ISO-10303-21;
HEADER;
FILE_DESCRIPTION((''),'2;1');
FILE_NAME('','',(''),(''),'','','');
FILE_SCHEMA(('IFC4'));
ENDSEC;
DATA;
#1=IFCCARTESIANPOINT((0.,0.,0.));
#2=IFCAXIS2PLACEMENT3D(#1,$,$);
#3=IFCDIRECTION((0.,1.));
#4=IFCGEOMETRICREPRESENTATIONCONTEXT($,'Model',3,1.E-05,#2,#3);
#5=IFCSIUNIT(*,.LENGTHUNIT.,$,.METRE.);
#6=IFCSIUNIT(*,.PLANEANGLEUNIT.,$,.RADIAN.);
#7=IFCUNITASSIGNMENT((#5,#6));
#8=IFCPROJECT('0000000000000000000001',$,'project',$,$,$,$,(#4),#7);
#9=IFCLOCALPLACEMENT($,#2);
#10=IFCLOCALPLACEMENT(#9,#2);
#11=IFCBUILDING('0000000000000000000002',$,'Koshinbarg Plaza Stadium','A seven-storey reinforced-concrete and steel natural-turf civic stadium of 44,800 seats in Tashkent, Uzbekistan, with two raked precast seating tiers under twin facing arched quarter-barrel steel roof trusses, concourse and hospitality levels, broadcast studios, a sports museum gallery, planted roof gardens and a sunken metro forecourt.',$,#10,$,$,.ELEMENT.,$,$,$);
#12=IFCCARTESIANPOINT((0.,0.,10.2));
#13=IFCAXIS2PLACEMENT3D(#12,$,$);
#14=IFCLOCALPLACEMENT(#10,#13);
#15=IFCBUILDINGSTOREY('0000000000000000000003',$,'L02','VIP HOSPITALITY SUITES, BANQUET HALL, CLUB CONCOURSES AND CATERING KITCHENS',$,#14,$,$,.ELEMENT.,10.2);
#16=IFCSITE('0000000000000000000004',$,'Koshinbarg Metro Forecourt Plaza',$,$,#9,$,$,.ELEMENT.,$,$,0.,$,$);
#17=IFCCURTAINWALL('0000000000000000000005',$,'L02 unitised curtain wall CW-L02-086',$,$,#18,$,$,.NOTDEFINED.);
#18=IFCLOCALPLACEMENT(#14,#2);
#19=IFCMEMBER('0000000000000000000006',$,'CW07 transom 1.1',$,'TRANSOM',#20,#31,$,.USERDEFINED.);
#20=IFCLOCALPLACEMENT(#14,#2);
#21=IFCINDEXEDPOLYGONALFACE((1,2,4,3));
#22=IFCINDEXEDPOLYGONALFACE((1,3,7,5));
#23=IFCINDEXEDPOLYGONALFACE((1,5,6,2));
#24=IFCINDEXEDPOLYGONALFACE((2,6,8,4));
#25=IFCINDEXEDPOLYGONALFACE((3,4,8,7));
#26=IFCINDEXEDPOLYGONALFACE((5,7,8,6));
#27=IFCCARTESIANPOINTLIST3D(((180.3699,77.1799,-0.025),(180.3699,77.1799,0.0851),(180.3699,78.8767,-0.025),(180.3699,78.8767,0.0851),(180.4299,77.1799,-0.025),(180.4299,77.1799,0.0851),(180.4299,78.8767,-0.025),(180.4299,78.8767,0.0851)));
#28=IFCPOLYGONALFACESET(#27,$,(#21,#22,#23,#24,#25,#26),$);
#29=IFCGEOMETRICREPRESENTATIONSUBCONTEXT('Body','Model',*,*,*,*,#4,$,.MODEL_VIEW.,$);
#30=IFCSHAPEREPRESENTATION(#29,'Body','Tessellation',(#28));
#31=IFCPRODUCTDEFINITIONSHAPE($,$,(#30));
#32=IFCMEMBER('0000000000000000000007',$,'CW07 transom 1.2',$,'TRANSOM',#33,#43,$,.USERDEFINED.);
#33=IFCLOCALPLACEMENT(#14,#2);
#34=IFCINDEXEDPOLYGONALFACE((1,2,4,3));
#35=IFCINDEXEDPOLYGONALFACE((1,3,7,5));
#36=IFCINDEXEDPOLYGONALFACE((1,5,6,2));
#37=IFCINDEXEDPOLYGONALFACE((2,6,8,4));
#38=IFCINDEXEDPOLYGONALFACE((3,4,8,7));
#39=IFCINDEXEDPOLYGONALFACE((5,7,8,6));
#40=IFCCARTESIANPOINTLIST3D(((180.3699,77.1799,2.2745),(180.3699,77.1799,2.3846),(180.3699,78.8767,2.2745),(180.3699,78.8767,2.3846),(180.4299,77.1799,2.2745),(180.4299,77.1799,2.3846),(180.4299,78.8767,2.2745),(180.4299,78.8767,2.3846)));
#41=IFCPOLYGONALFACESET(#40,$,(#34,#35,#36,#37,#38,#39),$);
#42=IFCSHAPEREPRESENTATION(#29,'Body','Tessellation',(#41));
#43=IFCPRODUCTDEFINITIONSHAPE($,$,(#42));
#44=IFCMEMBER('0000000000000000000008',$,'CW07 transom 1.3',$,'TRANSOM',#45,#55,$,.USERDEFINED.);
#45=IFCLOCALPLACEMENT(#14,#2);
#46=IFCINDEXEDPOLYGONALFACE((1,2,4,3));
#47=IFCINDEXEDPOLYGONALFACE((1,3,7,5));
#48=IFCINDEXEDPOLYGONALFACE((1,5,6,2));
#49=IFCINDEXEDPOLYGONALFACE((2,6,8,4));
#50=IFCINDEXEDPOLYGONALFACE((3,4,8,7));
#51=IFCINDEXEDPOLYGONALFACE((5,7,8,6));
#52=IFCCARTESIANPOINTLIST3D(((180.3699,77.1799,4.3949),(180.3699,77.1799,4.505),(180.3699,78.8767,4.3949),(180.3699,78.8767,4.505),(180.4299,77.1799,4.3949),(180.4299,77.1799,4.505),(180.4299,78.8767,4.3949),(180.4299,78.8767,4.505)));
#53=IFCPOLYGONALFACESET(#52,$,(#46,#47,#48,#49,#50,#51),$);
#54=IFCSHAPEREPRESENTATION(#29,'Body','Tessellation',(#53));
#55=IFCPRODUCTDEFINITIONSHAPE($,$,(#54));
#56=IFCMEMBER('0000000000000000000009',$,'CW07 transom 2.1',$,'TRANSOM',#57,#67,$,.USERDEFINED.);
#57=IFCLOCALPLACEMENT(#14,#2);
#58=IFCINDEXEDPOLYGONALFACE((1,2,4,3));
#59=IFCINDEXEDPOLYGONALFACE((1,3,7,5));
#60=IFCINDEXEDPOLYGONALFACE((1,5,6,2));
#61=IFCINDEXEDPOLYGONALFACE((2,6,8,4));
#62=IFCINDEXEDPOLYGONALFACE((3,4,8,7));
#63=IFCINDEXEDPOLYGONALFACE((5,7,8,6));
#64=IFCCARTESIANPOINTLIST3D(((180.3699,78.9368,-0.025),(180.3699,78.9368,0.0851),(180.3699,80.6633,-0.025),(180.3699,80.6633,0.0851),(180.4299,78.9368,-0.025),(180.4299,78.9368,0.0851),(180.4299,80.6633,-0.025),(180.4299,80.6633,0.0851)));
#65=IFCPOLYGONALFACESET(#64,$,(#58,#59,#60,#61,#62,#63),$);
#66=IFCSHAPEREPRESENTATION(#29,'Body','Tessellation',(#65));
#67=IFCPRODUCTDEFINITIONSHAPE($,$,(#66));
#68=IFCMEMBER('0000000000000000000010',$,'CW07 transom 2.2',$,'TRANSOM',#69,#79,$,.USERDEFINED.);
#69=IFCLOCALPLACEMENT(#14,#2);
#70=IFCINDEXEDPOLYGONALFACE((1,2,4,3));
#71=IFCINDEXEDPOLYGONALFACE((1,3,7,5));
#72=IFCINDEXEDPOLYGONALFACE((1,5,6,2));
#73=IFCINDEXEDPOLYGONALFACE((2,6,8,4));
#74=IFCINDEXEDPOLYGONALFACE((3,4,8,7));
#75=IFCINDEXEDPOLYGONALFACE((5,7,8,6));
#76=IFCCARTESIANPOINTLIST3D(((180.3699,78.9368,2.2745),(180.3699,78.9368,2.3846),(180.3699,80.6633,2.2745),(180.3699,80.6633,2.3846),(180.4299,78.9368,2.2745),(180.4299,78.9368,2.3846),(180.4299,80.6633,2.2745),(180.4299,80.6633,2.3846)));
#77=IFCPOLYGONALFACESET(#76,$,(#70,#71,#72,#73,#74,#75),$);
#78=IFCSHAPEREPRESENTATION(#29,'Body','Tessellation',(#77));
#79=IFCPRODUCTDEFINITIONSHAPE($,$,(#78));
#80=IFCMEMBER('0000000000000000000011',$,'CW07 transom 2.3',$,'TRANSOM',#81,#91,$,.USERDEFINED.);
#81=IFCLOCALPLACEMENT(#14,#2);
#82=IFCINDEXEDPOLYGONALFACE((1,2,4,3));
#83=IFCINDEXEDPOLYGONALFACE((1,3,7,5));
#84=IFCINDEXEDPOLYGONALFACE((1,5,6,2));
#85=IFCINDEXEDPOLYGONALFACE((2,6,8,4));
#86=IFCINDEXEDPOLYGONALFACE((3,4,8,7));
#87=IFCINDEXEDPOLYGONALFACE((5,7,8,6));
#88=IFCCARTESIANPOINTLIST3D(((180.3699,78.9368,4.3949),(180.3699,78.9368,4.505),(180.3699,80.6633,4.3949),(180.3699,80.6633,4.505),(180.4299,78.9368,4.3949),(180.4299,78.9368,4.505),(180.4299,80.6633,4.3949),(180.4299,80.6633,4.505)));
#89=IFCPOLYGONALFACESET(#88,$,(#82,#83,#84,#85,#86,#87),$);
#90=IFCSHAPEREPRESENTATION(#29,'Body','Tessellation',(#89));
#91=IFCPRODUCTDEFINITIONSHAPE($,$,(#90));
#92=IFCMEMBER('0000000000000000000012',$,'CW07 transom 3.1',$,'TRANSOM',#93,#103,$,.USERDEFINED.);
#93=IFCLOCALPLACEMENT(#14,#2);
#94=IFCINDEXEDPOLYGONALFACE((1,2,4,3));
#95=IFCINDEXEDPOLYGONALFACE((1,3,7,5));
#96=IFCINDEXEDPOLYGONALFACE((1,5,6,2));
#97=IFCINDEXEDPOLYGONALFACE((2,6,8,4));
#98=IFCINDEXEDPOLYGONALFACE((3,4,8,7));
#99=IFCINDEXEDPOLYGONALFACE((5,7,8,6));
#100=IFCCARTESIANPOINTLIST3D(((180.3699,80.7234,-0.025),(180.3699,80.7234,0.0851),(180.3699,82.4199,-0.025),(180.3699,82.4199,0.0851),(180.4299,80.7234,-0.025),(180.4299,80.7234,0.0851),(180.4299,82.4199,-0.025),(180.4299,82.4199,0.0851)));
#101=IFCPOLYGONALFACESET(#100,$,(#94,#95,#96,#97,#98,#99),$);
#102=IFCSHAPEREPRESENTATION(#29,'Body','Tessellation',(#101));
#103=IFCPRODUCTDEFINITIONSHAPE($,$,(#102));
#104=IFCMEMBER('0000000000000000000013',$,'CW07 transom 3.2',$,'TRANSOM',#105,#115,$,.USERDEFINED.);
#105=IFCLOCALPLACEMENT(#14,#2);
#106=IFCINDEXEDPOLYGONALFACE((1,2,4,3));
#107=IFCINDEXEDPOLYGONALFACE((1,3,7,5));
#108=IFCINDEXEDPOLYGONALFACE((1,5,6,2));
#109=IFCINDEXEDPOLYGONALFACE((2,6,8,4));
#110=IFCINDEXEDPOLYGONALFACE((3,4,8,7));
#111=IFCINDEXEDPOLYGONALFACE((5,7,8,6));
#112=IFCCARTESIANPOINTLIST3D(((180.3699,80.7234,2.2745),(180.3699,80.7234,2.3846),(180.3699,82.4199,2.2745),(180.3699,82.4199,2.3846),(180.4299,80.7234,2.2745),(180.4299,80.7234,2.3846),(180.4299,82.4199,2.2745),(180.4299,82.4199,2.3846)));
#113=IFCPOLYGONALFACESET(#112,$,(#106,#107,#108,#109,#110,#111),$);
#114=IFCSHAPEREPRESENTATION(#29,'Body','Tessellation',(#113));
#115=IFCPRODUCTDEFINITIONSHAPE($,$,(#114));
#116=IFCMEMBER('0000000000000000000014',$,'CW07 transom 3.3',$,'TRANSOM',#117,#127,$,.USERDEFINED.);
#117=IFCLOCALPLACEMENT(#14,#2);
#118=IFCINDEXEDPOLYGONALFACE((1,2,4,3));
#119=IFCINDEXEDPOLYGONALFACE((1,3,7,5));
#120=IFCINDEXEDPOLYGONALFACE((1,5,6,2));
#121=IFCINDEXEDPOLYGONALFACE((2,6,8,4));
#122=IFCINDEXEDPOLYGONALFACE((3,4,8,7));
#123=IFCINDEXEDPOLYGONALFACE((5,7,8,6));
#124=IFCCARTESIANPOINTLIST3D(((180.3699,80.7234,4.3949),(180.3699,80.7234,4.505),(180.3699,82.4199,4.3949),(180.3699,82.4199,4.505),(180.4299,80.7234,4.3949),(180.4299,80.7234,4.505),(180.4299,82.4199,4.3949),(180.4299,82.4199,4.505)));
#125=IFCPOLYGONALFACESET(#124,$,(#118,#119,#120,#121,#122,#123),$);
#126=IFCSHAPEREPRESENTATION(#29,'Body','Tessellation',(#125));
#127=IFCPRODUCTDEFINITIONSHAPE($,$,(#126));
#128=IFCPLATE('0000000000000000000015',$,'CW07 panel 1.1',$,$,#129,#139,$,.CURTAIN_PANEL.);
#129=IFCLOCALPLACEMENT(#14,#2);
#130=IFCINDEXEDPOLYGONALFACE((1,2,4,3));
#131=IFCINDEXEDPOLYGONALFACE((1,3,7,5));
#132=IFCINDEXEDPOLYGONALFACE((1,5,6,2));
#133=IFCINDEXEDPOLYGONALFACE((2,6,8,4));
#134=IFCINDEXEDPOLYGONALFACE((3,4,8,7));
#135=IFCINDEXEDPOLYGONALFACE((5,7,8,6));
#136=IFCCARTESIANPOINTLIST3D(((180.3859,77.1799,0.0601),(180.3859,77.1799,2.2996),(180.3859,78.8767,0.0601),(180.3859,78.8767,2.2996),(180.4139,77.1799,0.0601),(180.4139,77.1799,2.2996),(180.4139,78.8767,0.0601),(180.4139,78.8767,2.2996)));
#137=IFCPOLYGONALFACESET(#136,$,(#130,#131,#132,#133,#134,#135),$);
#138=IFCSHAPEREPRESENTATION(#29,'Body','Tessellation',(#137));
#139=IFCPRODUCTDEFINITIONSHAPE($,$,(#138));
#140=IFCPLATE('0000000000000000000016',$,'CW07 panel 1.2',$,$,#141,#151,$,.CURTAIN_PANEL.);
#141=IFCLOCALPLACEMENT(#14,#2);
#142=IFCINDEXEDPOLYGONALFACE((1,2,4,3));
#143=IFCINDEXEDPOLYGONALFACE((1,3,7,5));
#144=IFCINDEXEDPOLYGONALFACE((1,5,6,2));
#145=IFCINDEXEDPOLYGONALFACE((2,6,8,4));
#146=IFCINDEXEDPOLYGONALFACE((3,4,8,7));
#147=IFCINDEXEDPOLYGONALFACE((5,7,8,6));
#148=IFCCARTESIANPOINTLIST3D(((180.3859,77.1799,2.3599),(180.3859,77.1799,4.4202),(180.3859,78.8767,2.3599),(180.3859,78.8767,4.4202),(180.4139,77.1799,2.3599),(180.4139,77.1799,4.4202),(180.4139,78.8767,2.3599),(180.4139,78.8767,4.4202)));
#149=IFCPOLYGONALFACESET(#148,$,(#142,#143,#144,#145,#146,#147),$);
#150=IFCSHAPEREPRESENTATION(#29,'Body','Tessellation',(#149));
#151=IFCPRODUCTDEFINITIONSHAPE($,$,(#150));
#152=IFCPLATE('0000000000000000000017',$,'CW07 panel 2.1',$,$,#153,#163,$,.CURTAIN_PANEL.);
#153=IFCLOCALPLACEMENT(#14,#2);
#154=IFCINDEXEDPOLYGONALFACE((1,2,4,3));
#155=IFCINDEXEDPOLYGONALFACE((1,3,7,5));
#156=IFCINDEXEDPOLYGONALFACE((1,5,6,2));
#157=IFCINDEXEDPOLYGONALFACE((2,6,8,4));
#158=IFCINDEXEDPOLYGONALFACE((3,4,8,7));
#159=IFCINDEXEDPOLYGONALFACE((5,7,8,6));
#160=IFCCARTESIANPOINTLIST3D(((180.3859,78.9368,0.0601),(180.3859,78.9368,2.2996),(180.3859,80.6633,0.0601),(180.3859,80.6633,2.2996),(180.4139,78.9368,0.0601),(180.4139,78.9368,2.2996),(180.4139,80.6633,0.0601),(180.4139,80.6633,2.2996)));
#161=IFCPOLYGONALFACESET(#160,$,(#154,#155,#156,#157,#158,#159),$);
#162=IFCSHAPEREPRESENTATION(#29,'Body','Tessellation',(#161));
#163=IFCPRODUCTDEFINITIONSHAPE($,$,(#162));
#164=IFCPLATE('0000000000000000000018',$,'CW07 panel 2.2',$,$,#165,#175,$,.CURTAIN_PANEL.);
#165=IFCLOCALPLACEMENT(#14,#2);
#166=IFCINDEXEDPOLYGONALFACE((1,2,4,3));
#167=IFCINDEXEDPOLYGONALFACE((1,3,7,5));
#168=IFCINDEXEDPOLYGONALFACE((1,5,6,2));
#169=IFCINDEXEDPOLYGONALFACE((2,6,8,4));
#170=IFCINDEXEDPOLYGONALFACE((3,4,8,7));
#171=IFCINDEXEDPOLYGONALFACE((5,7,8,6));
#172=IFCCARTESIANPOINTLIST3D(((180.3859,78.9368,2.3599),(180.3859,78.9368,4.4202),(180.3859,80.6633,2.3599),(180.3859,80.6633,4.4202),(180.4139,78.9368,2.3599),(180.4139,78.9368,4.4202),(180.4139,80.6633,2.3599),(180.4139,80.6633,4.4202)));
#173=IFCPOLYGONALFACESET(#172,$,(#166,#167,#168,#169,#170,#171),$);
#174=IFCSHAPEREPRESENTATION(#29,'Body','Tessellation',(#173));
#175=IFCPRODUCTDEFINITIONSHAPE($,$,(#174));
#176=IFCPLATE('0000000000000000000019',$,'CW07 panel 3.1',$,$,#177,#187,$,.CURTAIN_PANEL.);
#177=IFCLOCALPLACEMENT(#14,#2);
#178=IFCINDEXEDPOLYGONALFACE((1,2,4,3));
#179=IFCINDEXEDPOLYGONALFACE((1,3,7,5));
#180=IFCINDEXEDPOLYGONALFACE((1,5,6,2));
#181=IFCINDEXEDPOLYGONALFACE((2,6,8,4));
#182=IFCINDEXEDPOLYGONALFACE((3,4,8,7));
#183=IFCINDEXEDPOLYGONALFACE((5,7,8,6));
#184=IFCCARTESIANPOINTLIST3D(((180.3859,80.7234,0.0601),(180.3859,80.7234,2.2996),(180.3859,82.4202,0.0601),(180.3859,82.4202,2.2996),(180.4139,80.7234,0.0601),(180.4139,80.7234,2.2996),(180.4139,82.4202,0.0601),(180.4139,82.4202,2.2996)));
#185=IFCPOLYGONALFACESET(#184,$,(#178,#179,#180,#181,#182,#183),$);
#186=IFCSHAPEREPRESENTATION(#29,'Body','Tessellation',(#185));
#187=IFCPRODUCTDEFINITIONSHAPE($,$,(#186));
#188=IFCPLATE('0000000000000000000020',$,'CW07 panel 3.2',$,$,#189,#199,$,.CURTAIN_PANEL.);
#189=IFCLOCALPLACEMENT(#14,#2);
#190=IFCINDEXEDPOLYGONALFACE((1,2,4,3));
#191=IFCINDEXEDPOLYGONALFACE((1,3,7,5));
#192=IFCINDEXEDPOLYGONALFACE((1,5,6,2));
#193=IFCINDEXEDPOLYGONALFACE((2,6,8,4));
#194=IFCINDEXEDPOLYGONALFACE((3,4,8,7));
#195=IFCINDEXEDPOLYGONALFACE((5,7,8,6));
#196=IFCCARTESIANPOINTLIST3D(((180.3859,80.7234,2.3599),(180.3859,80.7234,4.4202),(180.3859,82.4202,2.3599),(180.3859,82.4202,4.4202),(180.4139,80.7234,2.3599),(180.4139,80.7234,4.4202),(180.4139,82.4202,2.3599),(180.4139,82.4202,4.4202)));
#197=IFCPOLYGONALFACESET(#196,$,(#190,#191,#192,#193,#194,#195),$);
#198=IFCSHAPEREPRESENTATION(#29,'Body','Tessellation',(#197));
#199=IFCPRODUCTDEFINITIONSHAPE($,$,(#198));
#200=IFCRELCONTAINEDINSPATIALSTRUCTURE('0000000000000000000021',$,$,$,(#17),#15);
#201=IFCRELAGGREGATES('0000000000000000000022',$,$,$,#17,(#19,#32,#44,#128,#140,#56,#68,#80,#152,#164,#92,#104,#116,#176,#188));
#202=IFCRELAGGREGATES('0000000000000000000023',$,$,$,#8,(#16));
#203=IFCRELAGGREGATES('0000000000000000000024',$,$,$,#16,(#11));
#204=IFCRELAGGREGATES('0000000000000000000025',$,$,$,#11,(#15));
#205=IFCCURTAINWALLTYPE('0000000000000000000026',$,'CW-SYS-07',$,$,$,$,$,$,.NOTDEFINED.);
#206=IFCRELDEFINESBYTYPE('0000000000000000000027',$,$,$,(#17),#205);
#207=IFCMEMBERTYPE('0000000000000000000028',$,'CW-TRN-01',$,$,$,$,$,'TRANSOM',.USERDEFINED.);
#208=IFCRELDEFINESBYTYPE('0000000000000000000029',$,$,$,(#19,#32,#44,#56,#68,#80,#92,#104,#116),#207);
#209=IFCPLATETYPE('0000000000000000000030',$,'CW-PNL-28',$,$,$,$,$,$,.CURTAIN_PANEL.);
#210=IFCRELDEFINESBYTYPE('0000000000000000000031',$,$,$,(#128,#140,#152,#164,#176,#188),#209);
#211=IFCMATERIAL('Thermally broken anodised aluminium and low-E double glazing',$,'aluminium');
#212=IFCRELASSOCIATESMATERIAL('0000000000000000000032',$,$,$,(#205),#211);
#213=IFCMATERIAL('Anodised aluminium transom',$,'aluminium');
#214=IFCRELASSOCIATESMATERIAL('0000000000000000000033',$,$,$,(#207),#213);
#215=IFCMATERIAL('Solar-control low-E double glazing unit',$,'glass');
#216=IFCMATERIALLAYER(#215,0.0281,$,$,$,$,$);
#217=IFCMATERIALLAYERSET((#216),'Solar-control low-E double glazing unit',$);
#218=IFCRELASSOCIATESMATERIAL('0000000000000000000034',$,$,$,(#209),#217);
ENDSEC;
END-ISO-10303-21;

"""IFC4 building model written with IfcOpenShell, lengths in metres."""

from ifc_helpers import new_model, si_unit, direction, frame, origin, origin_2d, place, context, subcontext, project, spatial, rectangle, extrude, material, layer, layer_set, material_profile, profile_set, type_object, element, aggregate, save


model = new_model("IFC4")

# Units and contexts
model_context = context("Model", 3, precision=1e-05, world=origin(), true_north=direction((0.0, 1.0)))
body_context = subcontext(model_context, "Body", "Model", "MODEL_VIEW")
ifc_project = project(units=[si_unit("LENGTHUNIT", "METRE"), si_unit("PLANEANGLEUNIT", "RADIAN")], contexts=[model_context])

# Site, building, storey
site_placement = place(None, origin())
site = spatial("IfcSite", under=ifc_project, at=site_placement, Name="Koshinbarg Metro Forecourt Plaza", CompositionType="ELEMENT", RefElevation=0.0)
building_placement = place(site_placement, origin())
building = spatial("IfcBuilding", under=site, at=building_placement, Name="Koshinbarg Plaza Stadium", Description="A seven-storey reinforced-concrete and steel natural-turf civic stadium of 44,800 seats in Tashkent, Uzbekistan, with two raked precast seating tiers under twin facing arched quarter-barrel steel roof trusses, concourse and hospitality levels, broadcast studios, a sports museum gallery, planted roof gardens and a sunken metro forecourt.", CompositionType="ELEMENT")
storey_placement = place(building_placement, frame((0.0, 0.0, 10.2)))
storey = spatial("IfcBuildingStorey", under=building, at=storey_placement, Name="L02", Description="VIP HOSPITALITY SUITES, BANQUET HALL, CLUB CONCOURSES AND CATERING KITCHENS", CompositionType="ELEMENT", Elevation=10.2)

# Curtain wall, members, plates
ifc_material_1 = material(Name="Thermally broken anodised aluminium and low-E double glazing", Category="aluminium")
curtain_wall_type = type_object("IfcCurtainWallType", Name="CW-SYS-07", PredefinedType="NOTDEFINED", material=ifc_material_1)
curtain_wall_placement = place(storey_placement, origin())
curtain_wall = element("IfcCurtainWall", 1, at=curtain_wall_placement, inside=storey, type_object=curtain_wall_type, Name="L02 unitised curtain wall CW-L02-086", PredefinedType="NOTDEFINED")
ifc_material_2 = material(Name="Anodised aluminium transom", Category="aluminium")
ifc_material_profile_1 = material_profile(ifc_material_2, rectangle(XDim=0.0601, YDim=0.1101, at=origin_2d()), Name="ALU 60x110")
ifc_profile_set_1 = profile_set([ifc_material_profile_1], Name="Anodised aluminium transom")
member_type_1 = type_object("IfcMemberType", Name="CW-TRN-01", ElementType="TRANSOM", PredefinedType="USERDEFINED", material=ifc_profile_set_1)
member_1_placement = place(storey_placement, frame((180.3999, 77.1799, 0.03), z_axis=(0.0, 1.0, 0.0), x_axis=(-1.0, 0.0, 0.0)))
member_1 = element("IfcMember", 2, at=member_1_placement, type_object=member_type_1, Name="CW07 transom 1.1", ObjectType="TRANSOM", PredefinedType="USERDEFINED", context=body_context, shape_type="SweptSolid", body=[
    extrude(rectangle(XDim=0.0601, YDim=0.1101, at=origin_2d()), origin(), (0.0, 0.0, 1.0), 1.6968),
])
member_2_placement = place(storey_placement, frame((180.3999, 77.1799, 2.3296), z_axis=(0.0, 1.0, 0.0), x_axis=(-1.0, 0.0, 0.0)))
member_2 = element("IfcMember", 3, at=member_2_placement, type_object=member_type_1, Name="CW07 transom 1.2", ObjectType="TRANSOM", PredefinedType="USERDEFINED", context=body_context, shape_type="SweptSolid", body=[
    extrude(rectangle(XDim=0.0601, YDim=0.1101, at=origin_2d()), origin(), (0.0, 0.0, 1.0), 1.6968),
])
member_3_placement = place(storey_placement, frame((180.3999, 77.1799, 4.45), z_axis=(0.0, 1.0, 0.0), x_axis=(-1.0, 0.0, 0.0)))
member_3 = element("IfcMember", 4, at=member_3_placement, type_object=member_type_1, Name="CW07 transom 1.3", ObjectType="TRANSOM", PredefinedType="USERDEFINED", context=body_context, shape_type="SweptSolid", body=[
    extrude(rectangle(XDim=0.0601, YDim=0.1101, at=origin_2d()), origin(), (0.0, 0.0, 1.0), 1.6968),
])
member_4_placement = place(storey_placement, frame((180.3999, 78.9368, 0.03), z_axis=(0.0, 1.0, 0.0), x_axis=(-1.0, 0.0, 0.0)))
member_4 = element("IfcMember", 5, at=member_4_placement, type_object=member_type_1, Name="CW07 transom 2.1", ObjectType="TRANSOM", PredefinedType="USERDEFINED", context=body_context, shape_type="SweptSolid", body=[
    extrude(rectangle(XDim=0.0601, YDim=0.1101, at=origin_2d()), origin(), (0.0, 0.0, 1.0), 1.7266),
])
member_5_placement = place(storey_placement, frame((180.3999, 78.9368, 2.3296), z_axis=(0.0, 1.0, 0.0), x_axis=(-1.0, 0.0, 0.0)))
member_5 = element("IfcMember", 6, at=member_5_placement, type_object=member_type_1, Name="CW07 transom 2.2", ObjectType="TRANSOM", PredefinedType="USERDEFINED", context=body_context, shape_type="SweptSolid", body=[
    extrude(rectangle(XDim=0.0601, YDim=0.1101, at=origin_2d()), origin(), (0.0, 0.0, 1.0), 1.7266),
])
member_6_placement = place(storey_placement, frame((180.3999, 78.9368, 4.45), z_axis=(0.0, 1.0, 0.0), x_axis=(-1.0, 0.0, 0.0)))
member_6 = element("IfcMember", 7, at=member_6_placement, type_object=member_type_1, Name="CW07 transom 2.3", ObjectType="TRANSOM", PredefinedType="USERDEFINED", context=body_context, shape_type="SweptSolid", body=[
    extrude(rectangle(XDim=0.0601, YDim=0.1101, at=origin_2d()), origin(), (0.0, 0.0, 1.0), 1.7266),
])
member_7_placement = place(storey_placement, frame((180.3999, 80.7234, 0.03), z_axis=(0.0, 1.0, 0.0), x_axis=(-1.0, 0.0, 0.0)))
member_7 = element("IfcMember", 8, at=member_7_placement, type_object=member_type_1, Name="CW07 transom 3.1", ObjectType="TRANSOM", PredefinedType="USERDEFINED", context=body_context, shape_type="SweptSolid", body=[
    extrude(rectangle(XDim=0.0601, YDim=0.1101, at=origin_2d()), origin(), (0.0, 0.0, 1.0), 1.6965),
])
member_8_placement = place(storey_placement, frame((180.3999, 80.7234, 2.3296), z_axis=(0.0, 1.0, 0.0), x_axis=(-1.0, 0.0, 0.0)))
member_8 = element("IfcMember", 9, at=member_8_placement, type_object=member_type_1, Name="CW07 transom 3.2", ObjectType="TRANSOM", PredefinedType="USERDEFINED", context=body_context, shape_type="SweptSolid", body=[
    extrude(rectangle(XDim=0.0601, YDim=0.1101, at=origin_2d()), origin(), (0.0, 0.0, 1.0), 1.6965),
])
member_9_placement = place(storey_placement, frame((180.3999, 80.7234, 4.45), z_axis=(0.0, 1.0, 0.0), x_axis=(-1.0, 0.0, 0.0)))
member_9 = element("IfcMember", 10, at=member_9_placement, type_object=member_type_1, Name="CW07 transom 3.3", ObjectType="TRANSOM", PredefinedType="USERDEFINED", context=body_context, shape_type="SweptSolid", body=[
    extrude(rectangle(XDim=0.0601, YDim=0.1101, at=origin_2d()), origin(), (0.0, 0.0, 1.0), 1.6965),
])
ifc_material_3 = material(Name="Solar-control low-E double glazing unit", Category="glass")
ifc_layer_1 = layer(ifc_material_3, 0.0281)
ifc_layer_set_1 = layer_set([ifc_layer_1], Name="Solar-control low-E double glazing unit")
plate_type = type_object("IfcPlateType", Name="CW-PNL-28", PredefinedType="CURTAIN_PANEL", material=ifc_layer_set_1)
plate_1_placement = place(storey_placement, frame((180.3999, 78.0283, 0.0601), z_axis=(0.0, 0.0, 1.0), x_axis=(0.0, 1.0, 0.0)))
plate_1 = element("IfcPlate", 11, at=plate_1_placement, type_object=plate_type, Name="CW07 panel 1.1", PredefinedType="CURTAIN_PANEL", context=body_context, shape_type="SweptSolid", body=[
    extrude(rectangle(XDim=1.6968, YDim=0.0281, at=origin_2d()), origin(), (0.0, 0.0, 1.0), 2.2395),
])
plate_2_placement = place(storey_placement, frame((180.3999, 78.0283, 2.3599), z_axis=(0.0, 0.0, 1.0), x_axis=(0.0, 1.0, 0.0)))
plate_2 = element("IfcPlate", 12, at=plate_2_placement, type_object=plate_type, Name="CW07 panel 1.2", PredefinedType="CURTAIN_PANEL", context=body_context, shape_type="SweptSolid", body=[
    extrude(rectangle(XDim=1.6968, YDim=0.0281, at=origin_2d()), origin(), (0.0, 0.0, 1.0), 2.0603),
])
plate_3_placement = place(storey_placement, frame((180.3999, 79.8, 0.0601), z_axis=(0.0, 0.0, 1.0), x_axis=(0.0, 1.0, 0.0)))
plate_3 = element("IfcPlate", 13, at=plate_3_placement, type_object=plate_type, Name="CW07 panel 2.1", PredefinedType="CURTAIN_PANEL", context=body_context, shape_type="SweptSolid", body=[
    extrude(rectangle(XDim=1.7266, YDim=0.0281, at=origin_2d()), origin(), (0.0, 0.0, 1.0), 2.2395),
])
plate_4_placement = place(storey_placement, frame((180.3999, 79.8, 2.3599), z_axis=(0.0, 0.0, 1.0), x_axis=(0.0, 1.0, 0.0)))
plate_4 = element("IfcPlate", 14, at=plate_4_placement, type_object=plate_type, Name="CW07 panel 2.2", PredefinedType="CURTAIN_PANEL", context=body_context, shape_type="SweptSolid", body=[
    extrude(rectangle(XDim=1.7266, YDim=0.0281, at=origin_2d()), origin(), (0.0, 0.0, 1.0), 2.0603),
])
plate_5_placement = place(storey_placement, frame((180.3999, 81.5718, 0.0601), z_axis=(0.0, 0.0, 1.0), x_axis=(0.0, 1.0, 0.0)))
plate_5 = element("IfcPlate", 15, at=plate_5_placement, type_object=plate_type, Name="CW07 panel 3.1", PredefinedType="CURTAIN_PANEL", context=body_context, shape_type="SweptSolid", body=[
    extrude(rectangle(XDim=1.6968, YDim=0.0281, at=origin_2d()), origin(), (0.0, 0.0, 1.0), 2.2395),
])
plate_6_placement = place(storey_placement, frame((180.3999, 81.5718, 2.3599), z_axis=(0.0, 0.0, 1.0), x_axis=(0.0, 1.0, 0.0)))
plate_6 = element("IfcPlate", 16, at=plate_6_placement, type_object=plate_type, Name="CW07 panel 3.2", PredefinedType="CURTAIN_PANEL", context=body_context, shape_type="SweptSolid", body=[
    extrude(rectangle(XDim=1.6968, YDim=0.0281, at=origin_2d()), origin(), (0.0, 0.0, 1.0), 2.0603),
])
aggregate(curtain_wall, [member_1, member_2, member_3, plate_1, plate_2, member_4, member_5, member_6, plate_3, plate_4, member_7, member_8, member_9, plate_5, plate_6])

save(model, "model.ifc")
